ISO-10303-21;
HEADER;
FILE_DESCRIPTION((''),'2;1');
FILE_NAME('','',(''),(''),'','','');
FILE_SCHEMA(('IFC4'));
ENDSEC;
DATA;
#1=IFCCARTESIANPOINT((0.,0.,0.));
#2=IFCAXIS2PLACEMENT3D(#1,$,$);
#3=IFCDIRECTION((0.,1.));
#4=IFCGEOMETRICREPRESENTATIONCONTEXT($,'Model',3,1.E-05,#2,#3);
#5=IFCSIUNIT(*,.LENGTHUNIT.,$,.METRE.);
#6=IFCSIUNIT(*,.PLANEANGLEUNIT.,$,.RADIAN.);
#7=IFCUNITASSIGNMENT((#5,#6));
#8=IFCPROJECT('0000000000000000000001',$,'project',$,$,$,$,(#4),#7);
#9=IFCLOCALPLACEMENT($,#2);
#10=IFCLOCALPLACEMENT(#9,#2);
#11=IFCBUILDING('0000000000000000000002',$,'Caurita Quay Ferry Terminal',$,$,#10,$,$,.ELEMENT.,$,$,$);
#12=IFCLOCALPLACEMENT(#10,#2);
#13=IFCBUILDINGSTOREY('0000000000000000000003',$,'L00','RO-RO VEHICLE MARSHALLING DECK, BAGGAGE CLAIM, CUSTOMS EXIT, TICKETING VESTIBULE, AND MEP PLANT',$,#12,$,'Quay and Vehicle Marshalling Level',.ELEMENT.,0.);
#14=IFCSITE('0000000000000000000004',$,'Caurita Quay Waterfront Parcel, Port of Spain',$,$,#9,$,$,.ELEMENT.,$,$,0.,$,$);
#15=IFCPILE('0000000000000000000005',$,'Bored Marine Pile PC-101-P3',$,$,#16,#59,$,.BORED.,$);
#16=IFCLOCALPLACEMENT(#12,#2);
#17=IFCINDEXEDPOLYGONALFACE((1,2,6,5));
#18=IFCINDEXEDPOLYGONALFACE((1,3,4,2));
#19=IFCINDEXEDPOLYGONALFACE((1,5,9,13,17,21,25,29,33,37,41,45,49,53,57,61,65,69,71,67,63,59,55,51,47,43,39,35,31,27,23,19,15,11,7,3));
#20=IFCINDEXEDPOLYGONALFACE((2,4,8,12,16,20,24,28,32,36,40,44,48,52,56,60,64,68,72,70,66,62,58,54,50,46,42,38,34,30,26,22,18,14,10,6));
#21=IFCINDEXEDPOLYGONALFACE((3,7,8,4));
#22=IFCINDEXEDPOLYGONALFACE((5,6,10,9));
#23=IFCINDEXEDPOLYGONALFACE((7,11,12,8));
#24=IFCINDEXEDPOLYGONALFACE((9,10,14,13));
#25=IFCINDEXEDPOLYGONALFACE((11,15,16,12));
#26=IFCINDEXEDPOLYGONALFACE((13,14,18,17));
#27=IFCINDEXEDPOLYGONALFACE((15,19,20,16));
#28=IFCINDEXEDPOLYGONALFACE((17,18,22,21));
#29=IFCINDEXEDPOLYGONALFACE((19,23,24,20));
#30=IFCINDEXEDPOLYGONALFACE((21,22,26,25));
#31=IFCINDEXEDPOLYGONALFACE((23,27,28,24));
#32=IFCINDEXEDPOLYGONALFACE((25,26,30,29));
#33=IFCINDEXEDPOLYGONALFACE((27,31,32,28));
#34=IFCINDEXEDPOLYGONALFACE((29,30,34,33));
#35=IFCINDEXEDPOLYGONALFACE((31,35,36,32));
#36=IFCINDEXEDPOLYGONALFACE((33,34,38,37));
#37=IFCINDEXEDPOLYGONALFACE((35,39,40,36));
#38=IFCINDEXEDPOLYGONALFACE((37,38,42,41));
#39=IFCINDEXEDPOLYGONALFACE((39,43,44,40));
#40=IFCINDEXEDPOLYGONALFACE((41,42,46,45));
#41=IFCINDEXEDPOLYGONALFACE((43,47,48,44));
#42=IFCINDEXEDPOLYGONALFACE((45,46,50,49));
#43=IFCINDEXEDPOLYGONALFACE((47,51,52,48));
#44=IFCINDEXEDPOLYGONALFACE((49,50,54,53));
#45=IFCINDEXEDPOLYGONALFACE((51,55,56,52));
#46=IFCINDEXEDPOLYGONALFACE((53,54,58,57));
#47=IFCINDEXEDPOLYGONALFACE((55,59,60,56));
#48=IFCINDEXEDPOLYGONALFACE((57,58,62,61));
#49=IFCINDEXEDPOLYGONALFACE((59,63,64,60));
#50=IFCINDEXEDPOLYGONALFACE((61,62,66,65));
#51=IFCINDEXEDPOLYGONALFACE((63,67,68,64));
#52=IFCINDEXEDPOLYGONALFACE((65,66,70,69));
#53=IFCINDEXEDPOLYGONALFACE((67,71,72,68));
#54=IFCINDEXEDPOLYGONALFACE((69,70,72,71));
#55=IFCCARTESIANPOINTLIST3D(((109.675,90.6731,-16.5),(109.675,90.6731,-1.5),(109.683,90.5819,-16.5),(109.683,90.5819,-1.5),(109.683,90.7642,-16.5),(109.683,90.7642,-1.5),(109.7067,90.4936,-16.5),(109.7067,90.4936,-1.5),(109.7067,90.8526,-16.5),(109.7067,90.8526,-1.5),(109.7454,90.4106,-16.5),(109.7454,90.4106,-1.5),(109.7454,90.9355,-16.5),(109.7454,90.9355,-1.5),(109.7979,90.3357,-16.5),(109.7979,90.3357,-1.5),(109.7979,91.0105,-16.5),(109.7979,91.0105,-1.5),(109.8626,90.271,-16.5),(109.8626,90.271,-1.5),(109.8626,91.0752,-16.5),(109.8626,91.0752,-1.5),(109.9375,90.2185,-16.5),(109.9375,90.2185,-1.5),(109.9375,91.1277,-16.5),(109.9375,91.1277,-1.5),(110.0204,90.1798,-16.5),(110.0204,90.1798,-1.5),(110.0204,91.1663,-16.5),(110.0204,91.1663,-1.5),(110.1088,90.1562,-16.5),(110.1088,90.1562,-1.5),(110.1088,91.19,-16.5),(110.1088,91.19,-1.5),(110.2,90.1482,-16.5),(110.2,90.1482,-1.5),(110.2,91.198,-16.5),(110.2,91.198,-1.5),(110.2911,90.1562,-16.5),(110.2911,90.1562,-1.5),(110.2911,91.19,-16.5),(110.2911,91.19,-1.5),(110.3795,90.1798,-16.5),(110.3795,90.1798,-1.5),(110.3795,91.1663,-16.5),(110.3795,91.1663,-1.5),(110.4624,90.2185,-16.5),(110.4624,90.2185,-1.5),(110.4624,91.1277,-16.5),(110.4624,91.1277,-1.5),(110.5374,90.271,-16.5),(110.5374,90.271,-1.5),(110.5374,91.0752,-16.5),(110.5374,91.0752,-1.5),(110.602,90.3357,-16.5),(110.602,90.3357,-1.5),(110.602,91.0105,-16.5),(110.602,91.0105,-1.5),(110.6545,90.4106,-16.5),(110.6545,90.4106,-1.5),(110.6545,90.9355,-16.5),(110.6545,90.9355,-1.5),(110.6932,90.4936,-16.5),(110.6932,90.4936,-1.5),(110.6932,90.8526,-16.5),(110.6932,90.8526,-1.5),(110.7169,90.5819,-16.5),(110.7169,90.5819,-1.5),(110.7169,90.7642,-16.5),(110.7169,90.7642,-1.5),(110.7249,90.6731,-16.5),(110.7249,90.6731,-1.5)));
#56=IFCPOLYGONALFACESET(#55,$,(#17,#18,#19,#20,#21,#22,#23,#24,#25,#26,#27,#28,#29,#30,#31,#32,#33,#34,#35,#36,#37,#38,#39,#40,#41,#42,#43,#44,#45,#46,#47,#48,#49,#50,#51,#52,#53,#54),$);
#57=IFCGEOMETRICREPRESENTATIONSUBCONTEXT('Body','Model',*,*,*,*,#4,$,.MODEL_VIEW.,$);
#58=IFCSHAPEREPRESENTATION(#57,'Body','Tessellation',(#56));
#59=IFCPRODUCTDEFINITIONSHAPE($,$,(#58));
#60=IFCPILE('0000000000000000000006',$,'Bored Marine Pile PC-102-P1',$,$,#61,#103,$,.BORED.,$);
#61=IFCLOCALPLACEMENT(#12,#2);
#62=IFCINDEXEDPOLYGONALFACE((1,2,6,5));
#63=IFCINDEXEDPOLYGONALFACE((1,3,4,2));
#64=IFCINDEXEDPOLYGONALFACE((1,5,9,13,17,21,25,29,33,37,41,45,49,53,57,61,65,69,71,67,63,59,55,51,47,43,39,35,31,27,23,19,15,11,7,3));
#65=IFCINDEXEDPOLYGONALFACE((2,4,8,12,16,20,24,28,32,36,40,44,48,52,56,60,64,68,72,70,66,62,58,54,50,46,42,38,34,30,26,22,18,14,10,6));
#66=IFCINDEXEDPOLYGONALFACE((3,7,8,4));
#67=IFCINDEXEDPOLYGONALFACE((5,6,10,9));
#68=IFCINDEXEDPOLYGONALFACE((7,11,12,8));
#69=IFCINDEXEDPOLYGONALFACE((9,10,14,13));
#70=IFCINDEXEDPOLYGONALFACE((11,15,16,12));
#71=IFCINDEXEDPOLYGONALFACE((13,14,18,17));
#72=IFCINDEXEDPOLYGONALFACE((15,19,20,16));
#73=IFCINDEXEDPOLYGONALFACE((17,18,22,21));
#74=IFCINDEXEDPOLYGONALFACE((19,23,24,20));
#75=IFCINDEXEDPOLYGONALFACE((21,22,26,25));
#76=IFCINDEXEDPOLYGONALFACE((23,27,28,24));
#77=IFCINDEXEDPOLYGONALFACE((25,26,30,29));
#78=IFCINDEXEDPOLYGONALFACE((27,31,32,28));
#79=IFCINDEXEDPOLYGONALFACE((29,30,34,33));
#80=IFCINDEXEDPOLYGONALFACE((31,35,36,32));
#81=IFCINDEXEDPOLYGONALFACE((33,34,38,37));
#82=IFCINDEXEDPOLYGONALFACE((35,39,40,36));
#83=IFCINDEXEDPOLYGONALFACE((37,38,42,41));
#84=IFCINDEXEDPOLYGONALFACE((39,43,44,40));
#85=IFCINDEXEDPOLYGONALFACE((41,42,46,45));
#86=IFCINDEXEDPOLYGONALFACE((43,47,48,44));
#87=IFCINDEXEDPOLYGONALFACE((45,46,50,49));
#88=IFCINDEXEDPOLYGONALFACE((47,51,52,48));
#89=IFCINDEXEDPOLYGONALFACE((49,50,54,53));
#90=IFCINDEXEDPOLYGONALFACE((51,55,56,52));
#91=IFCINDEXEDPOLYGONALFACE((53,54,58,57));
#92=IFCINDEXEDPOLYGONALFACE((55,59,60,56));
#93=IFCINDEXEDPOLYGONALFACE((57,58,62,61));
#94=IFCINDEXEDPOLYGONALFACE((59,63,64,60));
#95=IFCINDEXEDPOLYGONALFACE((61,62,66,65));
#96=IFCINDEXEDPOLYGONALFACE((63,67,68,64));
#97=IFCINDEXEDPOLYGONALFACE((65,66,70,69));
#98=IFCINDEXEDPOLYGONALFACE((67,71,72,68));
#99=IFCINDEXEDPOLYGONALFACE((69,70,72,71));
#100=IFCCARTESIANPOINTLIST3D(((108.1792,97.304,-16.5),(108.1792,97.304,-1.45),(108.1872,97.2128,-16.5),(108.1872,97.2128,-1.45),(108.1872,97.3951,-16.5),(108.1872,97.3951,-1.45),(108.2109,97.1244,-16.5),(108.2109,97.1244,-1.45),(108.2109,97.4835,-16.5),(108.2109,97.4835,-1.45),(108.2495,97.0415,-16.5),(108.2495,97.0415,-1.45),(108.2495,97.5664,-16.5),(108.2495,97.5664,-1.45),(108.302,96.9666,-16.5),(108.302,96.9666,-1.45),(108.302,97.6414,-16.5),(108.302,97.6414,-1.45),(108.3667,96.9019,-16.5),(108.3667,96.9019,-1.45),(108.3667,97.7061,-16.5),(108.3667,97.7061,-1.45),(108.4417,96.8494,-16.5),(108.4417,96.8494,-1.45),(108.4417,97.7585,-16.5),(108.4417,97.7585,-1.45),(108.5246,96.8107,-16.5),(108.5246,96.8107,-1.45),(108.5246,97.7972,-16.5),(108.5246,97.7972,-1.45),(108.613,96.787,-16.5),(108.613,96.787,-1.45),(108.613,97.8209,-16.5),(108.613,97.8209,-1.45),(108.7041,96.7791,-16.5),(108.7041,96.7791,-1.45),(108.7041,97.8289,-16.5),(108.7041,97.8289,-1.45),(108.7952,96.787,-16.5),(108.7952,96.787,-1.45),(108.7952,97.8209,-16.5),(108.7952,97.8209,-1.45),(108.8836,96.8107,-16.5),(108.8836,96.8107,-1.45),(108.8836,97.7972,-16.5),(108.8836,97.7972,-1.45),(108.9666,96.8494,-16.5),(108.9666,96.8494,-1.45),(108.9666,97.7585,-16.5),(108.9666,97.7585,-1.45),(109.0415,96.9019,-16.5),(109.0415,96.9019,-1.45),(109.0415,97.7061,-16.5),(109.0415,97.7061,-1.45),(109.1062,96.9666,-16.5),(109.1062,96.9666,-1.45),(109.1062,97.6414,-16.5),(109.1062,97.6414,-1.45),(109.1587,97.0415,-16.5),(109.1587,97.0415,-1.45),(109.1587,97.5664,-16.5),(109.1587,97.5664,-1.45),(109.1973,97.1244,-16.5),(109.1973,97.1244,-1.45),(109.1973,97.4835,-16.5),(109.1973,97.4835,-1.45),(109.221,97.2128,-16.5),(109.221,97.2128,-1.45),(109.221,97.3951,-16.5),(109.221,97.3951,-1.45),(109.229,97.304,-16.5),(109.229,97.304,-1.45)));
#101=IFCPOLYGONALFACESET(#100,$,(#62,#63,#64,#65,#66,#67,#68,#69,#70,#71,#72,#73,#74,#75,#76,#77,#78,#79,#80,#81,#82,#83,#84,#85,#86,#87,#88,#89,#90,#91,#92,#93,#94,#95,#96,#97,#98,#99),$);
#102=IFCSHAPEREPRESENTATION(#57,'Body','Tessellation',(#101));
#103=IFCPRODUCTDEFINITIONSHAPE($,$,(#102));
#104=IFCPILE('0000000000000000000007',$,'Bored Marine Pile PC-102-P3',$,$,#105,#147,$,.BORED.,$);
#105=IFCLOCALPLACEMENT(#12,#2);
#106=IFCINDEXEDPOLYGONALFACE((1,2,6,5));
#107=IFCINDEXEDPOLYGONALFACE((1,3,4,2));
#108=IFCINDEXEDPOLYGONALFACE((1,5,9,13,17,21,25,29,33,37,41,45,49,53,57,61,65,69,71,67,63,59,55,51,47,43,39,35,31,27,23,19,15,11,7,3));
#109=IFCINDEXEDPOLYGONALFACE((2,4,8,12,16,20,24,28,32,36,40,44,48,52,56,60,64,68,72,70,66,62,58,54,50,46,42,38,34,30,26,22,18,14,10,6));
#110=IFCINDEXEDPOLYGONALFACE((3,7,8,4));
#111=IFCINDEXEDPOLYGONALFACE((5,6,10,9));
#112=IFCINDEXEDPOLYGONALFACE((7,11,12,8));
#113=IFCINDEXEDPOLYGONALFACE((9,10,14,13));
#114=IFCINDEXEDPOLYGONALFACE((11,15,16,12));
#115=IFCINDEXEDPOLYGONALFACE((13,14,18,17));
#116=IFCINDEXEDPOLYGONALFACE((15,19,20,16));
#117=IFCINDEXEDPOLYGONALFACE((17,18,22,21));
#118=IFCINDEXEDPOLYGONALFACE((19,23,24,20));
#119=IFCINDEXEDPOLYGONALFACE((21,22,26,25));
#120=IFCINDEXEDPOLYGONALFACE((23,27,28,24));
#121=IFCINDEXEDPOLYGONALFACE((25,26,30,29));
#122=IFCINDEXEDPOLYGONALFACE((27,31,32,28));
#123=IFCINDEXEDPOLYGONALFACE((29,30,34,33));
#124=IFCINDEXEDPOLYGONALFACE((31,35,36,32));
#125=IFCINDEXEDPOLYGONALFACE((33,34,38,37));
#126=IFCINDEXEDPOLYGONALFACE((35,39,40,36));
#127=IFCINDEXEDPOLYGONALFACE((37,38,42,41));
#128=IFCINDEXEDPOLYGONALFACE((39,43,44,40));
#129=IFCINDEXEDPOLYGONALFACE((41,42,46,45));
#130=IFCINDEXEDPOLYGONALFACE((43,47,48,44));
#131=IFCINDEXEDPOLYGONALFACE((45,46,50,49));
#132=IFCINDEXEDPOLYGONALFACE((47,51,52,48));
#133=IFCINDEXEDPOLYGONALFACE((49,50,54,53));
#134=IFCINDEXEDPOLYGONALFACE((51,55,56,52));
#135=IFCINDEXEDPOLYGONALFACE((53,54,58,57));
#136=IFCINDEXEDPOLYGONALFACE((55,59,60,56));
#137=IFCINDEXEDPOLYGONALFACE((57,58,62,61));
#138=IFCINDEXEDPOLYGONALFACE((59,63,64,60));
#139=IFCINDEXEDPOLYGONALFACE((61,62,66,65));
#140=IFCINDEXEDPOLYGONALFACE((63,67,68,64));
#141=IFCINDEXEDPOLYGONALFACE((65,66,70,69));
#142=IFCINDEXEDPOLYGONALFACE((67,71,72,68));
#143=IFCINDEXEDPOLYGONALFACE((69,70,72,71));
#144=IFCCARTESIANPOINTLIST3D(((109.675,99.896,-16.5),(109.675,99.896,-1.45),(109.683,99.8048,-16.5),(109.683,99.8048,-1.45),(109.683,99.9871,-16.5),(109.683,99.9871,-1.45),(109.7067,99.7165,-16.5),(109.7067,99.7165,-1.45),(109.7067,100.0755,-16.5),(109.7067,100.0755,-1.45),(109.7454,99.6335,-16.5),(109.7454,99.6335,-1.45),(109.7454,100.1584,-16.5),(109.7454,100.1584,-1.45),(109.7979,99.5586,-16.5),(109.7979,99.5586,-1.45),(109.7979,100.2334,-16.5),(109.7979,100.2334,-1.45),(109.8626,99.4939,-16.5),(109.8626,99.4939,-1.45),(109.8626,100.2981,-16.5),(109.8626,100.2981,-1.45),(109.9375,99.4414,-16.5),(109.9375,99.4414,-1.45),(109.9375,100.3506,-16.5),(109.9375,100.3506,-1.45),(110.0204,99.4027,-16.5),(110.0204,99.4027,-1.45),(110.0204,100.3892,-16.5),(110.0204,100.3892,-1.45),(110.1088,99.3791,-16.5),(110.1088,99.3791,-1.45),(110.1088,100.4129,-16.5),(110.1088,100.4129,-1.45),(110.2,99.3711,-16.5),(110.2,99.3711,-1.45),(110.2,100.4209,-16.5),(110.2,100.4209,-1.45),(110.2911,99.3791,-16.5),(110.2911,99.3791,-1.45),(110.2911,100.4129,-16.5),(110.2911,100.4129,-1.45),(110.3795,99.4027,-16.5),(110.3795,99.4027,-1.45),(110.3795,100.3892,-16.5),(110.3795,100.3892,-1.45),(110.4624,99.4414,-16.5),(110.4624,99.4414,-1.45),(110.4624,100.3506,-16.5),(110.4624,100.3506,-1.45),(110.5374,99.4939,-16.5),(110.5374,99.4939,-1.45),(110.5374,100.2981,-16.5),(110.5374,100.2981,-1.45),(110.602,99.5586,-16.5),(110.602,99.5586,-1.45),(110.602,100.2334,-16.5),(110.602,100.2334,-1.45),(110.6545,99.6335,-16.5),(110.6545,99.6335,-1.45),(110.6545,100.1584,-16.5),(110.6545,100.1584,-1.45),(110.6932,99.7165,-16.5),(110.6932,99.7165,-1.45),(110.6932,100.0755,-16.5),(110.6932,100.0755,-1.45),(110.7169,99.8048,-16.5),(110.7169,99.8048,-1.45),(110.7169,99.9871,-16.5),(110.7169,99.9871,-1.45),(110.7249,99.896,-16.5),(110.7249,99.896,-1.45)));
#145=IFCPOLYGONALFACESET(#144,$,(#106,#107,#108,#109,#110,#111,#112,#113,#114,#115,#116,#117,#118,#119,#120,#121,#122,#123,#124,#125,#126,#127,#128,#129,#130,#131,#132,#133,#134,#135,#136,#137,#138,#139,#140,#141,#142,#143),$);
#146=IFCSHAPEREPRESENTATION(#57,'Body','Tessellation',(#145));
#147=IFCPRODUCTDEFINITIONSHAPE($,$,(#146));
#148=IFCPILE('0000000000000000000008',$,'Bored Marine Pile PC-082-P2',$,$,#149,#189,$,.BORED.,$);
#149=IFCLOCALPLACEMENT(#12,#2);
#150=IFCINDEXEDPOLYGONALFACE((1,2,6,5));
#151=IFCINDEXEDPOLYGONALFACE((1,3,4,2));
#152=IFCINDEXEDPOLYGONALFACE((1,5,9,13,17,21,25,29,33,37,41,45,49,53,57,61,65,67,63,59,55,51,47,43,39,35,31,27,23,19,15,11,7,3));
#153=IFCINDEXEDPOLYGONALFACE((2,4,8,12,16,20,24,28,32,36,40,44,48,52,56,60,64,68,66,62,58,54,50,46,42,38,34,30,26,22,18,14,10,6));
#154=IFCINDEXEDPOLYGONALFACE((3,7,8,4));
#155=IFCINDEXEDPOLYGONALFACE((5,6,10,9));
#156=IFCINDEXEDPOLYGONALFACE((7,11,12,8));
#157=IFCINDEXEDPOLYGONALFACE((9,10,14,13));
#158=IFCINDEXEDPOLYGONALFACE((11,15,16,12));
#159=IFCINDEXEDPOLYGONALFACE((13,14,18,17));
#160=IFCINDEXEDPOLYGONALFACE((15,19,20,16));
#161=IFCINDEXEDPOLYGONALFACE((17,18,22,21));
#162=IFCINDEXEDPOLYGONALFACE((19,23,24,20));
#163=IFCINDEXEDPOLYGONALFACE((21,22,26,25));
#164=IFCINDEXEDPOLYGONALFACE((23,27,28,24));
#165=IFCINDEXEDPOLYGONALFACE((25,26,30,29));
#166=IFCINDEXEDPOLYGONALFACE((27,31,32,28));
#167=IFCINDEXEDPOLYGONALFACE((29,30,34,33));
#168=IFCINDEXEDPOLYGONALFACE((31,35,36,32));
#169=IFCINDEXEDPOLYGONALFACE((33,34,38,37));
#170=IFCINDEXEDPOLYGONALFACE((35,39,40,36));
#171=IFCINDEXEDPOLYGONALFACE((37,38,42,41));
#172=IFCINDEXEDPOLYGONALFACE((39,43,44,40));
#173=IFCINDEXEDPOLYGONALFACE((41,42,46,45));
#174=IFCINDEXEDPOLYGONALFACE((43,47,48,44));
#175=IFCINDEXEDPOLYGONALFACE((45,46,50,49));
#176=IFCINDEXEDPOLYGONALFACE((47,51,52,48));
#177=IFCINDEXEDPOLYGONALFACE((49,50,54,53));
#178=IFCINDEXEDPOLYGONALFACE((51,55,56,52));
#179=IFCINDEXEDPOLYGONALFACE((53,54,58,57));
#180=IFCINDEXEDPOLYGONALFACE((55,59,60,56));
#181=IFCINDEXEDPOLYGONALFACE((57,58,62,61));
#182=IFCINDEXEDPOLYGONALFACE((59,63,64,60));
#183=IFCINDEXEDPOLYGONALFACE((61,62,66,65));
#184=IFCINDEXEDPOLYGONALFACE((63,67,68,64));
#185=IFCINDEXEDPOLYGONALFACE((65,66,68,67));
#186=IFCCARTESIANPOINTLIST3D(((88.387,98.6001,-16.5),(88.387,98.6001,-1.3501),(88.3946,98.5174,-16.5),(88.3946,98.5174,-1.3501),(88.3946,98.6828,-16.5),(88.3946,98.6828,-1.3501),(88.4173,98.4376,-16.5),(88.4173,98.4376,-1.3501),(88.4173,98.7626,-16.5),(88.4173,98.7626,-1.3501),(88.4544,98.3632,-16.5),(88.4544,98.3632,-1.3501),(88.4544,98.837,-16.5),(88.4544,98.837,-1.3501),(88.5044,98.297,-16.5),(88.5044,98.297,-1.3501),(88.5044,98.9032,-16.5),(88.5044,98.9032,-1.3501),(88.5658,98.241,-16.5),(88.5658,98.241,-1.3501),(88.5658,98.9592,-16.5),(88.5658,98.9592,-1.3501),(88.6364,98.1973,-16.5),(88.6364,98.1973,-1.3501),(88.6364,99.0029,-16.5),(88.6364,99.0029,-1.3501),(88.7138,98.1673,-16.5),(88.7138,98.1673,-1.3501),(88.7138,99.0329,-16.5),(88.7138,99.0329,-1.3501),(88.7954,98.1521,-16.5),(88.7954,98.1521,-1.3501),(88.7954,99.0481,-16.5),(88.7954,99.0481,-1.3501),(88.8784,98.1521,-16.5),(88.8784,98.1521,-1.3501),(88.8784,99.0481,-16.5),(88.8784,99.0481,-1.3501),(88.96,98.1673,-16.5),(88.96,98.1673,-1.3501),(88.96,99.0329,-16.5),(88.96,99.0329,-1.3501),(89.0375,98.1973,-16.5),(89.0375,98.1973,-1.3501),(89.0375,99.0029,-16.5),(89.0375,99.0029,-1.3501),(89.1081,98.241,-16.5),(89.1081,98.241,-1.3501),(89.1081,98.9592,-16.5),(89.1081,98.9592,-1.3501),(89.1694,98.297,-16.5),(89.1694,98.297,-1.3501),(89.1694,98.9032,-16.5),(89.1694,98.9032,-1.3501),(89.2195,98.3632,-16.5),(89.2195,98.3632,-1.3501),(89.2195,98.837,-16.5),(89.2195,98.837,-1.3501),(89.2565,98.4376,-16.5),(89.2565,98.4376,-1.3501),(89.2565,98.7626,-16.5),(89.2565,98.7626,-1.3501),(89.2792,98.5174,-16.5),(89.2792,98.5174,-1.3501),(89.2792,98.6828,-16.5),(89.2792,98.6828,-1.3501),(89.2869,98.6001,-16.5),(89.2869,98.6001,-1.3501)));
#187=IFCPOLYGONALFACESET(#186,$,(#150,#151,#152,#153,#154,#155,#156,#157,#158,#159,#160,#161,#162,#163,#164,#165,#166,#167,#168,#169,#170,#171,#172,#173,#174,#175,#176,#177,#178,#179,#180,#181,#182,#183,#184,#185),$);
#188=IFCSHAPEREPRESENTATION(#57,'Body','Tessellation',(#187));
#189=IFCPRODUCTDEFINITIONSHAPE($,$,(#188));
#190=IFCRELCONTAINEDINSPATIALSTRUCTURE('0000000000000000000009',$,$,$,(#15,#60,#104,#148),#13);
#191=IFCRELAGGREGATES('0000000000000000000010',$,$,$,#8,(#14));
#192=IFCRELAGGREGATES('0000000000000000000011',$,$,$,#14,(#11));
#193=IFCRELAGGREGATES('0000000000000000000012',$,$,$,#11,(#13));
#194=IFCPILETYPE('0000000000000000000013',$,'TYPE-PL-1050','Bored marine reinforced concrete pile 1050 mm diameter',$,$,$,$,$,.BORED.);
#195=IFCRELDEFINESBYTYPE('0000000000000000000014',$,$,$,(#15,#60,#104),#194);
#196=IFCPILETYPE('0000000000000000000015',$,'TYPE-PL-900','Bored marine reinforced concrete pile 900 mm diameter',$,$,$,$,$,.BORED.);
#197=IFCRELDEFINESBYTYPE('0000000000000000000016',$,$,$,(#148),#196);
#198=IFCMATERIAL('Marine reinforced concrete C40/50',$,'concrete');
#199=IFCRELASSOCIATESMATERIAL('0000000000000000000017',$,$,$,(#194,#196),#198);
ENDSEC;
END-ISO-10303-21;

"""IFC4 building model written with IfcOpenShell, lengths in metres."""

from ifc_helpers import new_model, si_unit, direction, frame, origin, origin_2d, place, context, subcontext, project, spatial, circle, extrude, material, material_profile, profile_set, type_object, element, save


model = new_model("IFC4")

# Units and contexts
model_context = context("Model", 3, precision=1e-05, world=origin(), true_north=direction((0.0, 1.0)))
body_context = subcontext(model_context, "Body", "Model", "MODEL_VIEW")
ifc_project = project(units=[si_unit("LENGTHUNIT", "METRE"), si_unit("PLANEANGLEUNIT", "RADIAN")], contexts=[model_context])

# Site, building, storey
site_placement = place(None, origin())
site = spatial("IfcSite", under=ifc_project, at=site_placement, Name="Caurita Quay Waterfront Parcel, Port of Spain", CompositionType="ELEMENT", RefElevation=0.0)
building_placement = place(site_placement, origin())
building = spatial("IfcBuilding", under=site, at=building_placement, Name="Caurita Quay Ferry Terminal", CompositionType="ELEMENT")
storey_placement = place(building_placement, origin())
storey = spatial("IfcBuildingStorey", under=building, at=storey_placement, Name="L00", Description="RO-RO VEHICLE MARSHALLING DECK, BAGGAGE CLAIM, CUSTOMS EXIT, TICKETING VESTIBULE, AND MEP PLANT", LongName="Quay and Vehicle Marshalling Level", CompositionType="ELEMENT", Elevation=0.0)

# Piles
ifc_material_1 = material(Name="Marine reinforced concrete C40/50", Category="concrete")
ifc_material_profile_1 = material_profile(ifc_material_1, circle(Radius=0.5249, at=origin_2d()), Name="PILE-D1050")
ifc_profile_set_1 = profile_set([ifc_material_profile_1], Name="Marine reinforced concrete C40/50")
pile_type_1 = type_object("IfcPileType", Name="TYPE-PL-1050", Description="Bored marine reinforced concrete pile 1050 mm diameter", PredefinedType="BORED", material=ifc_profile_set_1)
pile_1_placement = place(storey_placement, frame((110.2, 90.6731, -1.5), z_axis=(0.0, 0.0, -1.0), x_axis=(1.0, 0.0, 0.0)))
element("IfcPile", 1, at=pile_1_placement, inside=storey, type_object=pile_type_1, Name="Bored Marine Pile PC-101-P3", PredefinedType="BORED", context=body_context, shape_type="SweptSolid", body=[
    extrude(circle(Radius=0.5249, at=origin_2d()), origin(), (0.0, 0.0, 1.0), 15.0),
])
for number, where, z_axis, x_axis, name in (
    (2, (108.7041, 97.304, -1.45), (0.0, 0.0, -1.0), (1.0, 0.0, 0.0), "Bored Marine Pile PC-102-P1"),
    (3, (110.2, 99.896, -1.45), (0.0, 0.0, -1.0), (1.0, 0.0, 0.0), "Bored Marine Pile PC-102-P3"),
):
    element("IfcPile", number, at=place(storey_placement, frame(where, z_axis=z_axis, x_axis=x_axis)), inside=storey, type_object=pile_type_1, Name=name, PredefinedType="BORED", context=body_context, shape_type="SweptSolid", body=[
        extrude(circle(Radius=0.5249, at=origin_2d()), origin(), (0.0, 0.0, 1.0), 15.05),
    ])
ifc_material_profile_2 = material_profile(ifc_material_1, circle(Radius=0.45, at=origin_2d()), Name="PILE-D900")
ifc_profile_set_2 = profile_set([ifc_material_profile_2], Name="Marine reinforced concrete C40/50")
pile_type_2 = type_object("IfcPileType", Name="TYPE-PL-900", Description="Bored marine reinforced concrete pile 900 mm diameter", PredefinedType="BORED", material=ifc_profile_set_2)
pile_2_placement = place(storey_placement, frame((88.8369, 98.6001, -1.3501), z_axis=(0.0, 0.0, -1.0), x_axis=(1.0, 0.0, 0.0)))
element("IfcPile", 4, at=pile_2_placement, inside=storey, type_object=pile_type_2, Name="Bored Marine Pile PC-082-P2", PredefinedType="BORED", context=body_context, shape_type="SweptSolid", body=[
    extrude(circle(Radius=0.45, at=origin_2d()), origin(), (0.0, 0.0, 1.0), 15.1499),
])

save(model, "model.ifc")
